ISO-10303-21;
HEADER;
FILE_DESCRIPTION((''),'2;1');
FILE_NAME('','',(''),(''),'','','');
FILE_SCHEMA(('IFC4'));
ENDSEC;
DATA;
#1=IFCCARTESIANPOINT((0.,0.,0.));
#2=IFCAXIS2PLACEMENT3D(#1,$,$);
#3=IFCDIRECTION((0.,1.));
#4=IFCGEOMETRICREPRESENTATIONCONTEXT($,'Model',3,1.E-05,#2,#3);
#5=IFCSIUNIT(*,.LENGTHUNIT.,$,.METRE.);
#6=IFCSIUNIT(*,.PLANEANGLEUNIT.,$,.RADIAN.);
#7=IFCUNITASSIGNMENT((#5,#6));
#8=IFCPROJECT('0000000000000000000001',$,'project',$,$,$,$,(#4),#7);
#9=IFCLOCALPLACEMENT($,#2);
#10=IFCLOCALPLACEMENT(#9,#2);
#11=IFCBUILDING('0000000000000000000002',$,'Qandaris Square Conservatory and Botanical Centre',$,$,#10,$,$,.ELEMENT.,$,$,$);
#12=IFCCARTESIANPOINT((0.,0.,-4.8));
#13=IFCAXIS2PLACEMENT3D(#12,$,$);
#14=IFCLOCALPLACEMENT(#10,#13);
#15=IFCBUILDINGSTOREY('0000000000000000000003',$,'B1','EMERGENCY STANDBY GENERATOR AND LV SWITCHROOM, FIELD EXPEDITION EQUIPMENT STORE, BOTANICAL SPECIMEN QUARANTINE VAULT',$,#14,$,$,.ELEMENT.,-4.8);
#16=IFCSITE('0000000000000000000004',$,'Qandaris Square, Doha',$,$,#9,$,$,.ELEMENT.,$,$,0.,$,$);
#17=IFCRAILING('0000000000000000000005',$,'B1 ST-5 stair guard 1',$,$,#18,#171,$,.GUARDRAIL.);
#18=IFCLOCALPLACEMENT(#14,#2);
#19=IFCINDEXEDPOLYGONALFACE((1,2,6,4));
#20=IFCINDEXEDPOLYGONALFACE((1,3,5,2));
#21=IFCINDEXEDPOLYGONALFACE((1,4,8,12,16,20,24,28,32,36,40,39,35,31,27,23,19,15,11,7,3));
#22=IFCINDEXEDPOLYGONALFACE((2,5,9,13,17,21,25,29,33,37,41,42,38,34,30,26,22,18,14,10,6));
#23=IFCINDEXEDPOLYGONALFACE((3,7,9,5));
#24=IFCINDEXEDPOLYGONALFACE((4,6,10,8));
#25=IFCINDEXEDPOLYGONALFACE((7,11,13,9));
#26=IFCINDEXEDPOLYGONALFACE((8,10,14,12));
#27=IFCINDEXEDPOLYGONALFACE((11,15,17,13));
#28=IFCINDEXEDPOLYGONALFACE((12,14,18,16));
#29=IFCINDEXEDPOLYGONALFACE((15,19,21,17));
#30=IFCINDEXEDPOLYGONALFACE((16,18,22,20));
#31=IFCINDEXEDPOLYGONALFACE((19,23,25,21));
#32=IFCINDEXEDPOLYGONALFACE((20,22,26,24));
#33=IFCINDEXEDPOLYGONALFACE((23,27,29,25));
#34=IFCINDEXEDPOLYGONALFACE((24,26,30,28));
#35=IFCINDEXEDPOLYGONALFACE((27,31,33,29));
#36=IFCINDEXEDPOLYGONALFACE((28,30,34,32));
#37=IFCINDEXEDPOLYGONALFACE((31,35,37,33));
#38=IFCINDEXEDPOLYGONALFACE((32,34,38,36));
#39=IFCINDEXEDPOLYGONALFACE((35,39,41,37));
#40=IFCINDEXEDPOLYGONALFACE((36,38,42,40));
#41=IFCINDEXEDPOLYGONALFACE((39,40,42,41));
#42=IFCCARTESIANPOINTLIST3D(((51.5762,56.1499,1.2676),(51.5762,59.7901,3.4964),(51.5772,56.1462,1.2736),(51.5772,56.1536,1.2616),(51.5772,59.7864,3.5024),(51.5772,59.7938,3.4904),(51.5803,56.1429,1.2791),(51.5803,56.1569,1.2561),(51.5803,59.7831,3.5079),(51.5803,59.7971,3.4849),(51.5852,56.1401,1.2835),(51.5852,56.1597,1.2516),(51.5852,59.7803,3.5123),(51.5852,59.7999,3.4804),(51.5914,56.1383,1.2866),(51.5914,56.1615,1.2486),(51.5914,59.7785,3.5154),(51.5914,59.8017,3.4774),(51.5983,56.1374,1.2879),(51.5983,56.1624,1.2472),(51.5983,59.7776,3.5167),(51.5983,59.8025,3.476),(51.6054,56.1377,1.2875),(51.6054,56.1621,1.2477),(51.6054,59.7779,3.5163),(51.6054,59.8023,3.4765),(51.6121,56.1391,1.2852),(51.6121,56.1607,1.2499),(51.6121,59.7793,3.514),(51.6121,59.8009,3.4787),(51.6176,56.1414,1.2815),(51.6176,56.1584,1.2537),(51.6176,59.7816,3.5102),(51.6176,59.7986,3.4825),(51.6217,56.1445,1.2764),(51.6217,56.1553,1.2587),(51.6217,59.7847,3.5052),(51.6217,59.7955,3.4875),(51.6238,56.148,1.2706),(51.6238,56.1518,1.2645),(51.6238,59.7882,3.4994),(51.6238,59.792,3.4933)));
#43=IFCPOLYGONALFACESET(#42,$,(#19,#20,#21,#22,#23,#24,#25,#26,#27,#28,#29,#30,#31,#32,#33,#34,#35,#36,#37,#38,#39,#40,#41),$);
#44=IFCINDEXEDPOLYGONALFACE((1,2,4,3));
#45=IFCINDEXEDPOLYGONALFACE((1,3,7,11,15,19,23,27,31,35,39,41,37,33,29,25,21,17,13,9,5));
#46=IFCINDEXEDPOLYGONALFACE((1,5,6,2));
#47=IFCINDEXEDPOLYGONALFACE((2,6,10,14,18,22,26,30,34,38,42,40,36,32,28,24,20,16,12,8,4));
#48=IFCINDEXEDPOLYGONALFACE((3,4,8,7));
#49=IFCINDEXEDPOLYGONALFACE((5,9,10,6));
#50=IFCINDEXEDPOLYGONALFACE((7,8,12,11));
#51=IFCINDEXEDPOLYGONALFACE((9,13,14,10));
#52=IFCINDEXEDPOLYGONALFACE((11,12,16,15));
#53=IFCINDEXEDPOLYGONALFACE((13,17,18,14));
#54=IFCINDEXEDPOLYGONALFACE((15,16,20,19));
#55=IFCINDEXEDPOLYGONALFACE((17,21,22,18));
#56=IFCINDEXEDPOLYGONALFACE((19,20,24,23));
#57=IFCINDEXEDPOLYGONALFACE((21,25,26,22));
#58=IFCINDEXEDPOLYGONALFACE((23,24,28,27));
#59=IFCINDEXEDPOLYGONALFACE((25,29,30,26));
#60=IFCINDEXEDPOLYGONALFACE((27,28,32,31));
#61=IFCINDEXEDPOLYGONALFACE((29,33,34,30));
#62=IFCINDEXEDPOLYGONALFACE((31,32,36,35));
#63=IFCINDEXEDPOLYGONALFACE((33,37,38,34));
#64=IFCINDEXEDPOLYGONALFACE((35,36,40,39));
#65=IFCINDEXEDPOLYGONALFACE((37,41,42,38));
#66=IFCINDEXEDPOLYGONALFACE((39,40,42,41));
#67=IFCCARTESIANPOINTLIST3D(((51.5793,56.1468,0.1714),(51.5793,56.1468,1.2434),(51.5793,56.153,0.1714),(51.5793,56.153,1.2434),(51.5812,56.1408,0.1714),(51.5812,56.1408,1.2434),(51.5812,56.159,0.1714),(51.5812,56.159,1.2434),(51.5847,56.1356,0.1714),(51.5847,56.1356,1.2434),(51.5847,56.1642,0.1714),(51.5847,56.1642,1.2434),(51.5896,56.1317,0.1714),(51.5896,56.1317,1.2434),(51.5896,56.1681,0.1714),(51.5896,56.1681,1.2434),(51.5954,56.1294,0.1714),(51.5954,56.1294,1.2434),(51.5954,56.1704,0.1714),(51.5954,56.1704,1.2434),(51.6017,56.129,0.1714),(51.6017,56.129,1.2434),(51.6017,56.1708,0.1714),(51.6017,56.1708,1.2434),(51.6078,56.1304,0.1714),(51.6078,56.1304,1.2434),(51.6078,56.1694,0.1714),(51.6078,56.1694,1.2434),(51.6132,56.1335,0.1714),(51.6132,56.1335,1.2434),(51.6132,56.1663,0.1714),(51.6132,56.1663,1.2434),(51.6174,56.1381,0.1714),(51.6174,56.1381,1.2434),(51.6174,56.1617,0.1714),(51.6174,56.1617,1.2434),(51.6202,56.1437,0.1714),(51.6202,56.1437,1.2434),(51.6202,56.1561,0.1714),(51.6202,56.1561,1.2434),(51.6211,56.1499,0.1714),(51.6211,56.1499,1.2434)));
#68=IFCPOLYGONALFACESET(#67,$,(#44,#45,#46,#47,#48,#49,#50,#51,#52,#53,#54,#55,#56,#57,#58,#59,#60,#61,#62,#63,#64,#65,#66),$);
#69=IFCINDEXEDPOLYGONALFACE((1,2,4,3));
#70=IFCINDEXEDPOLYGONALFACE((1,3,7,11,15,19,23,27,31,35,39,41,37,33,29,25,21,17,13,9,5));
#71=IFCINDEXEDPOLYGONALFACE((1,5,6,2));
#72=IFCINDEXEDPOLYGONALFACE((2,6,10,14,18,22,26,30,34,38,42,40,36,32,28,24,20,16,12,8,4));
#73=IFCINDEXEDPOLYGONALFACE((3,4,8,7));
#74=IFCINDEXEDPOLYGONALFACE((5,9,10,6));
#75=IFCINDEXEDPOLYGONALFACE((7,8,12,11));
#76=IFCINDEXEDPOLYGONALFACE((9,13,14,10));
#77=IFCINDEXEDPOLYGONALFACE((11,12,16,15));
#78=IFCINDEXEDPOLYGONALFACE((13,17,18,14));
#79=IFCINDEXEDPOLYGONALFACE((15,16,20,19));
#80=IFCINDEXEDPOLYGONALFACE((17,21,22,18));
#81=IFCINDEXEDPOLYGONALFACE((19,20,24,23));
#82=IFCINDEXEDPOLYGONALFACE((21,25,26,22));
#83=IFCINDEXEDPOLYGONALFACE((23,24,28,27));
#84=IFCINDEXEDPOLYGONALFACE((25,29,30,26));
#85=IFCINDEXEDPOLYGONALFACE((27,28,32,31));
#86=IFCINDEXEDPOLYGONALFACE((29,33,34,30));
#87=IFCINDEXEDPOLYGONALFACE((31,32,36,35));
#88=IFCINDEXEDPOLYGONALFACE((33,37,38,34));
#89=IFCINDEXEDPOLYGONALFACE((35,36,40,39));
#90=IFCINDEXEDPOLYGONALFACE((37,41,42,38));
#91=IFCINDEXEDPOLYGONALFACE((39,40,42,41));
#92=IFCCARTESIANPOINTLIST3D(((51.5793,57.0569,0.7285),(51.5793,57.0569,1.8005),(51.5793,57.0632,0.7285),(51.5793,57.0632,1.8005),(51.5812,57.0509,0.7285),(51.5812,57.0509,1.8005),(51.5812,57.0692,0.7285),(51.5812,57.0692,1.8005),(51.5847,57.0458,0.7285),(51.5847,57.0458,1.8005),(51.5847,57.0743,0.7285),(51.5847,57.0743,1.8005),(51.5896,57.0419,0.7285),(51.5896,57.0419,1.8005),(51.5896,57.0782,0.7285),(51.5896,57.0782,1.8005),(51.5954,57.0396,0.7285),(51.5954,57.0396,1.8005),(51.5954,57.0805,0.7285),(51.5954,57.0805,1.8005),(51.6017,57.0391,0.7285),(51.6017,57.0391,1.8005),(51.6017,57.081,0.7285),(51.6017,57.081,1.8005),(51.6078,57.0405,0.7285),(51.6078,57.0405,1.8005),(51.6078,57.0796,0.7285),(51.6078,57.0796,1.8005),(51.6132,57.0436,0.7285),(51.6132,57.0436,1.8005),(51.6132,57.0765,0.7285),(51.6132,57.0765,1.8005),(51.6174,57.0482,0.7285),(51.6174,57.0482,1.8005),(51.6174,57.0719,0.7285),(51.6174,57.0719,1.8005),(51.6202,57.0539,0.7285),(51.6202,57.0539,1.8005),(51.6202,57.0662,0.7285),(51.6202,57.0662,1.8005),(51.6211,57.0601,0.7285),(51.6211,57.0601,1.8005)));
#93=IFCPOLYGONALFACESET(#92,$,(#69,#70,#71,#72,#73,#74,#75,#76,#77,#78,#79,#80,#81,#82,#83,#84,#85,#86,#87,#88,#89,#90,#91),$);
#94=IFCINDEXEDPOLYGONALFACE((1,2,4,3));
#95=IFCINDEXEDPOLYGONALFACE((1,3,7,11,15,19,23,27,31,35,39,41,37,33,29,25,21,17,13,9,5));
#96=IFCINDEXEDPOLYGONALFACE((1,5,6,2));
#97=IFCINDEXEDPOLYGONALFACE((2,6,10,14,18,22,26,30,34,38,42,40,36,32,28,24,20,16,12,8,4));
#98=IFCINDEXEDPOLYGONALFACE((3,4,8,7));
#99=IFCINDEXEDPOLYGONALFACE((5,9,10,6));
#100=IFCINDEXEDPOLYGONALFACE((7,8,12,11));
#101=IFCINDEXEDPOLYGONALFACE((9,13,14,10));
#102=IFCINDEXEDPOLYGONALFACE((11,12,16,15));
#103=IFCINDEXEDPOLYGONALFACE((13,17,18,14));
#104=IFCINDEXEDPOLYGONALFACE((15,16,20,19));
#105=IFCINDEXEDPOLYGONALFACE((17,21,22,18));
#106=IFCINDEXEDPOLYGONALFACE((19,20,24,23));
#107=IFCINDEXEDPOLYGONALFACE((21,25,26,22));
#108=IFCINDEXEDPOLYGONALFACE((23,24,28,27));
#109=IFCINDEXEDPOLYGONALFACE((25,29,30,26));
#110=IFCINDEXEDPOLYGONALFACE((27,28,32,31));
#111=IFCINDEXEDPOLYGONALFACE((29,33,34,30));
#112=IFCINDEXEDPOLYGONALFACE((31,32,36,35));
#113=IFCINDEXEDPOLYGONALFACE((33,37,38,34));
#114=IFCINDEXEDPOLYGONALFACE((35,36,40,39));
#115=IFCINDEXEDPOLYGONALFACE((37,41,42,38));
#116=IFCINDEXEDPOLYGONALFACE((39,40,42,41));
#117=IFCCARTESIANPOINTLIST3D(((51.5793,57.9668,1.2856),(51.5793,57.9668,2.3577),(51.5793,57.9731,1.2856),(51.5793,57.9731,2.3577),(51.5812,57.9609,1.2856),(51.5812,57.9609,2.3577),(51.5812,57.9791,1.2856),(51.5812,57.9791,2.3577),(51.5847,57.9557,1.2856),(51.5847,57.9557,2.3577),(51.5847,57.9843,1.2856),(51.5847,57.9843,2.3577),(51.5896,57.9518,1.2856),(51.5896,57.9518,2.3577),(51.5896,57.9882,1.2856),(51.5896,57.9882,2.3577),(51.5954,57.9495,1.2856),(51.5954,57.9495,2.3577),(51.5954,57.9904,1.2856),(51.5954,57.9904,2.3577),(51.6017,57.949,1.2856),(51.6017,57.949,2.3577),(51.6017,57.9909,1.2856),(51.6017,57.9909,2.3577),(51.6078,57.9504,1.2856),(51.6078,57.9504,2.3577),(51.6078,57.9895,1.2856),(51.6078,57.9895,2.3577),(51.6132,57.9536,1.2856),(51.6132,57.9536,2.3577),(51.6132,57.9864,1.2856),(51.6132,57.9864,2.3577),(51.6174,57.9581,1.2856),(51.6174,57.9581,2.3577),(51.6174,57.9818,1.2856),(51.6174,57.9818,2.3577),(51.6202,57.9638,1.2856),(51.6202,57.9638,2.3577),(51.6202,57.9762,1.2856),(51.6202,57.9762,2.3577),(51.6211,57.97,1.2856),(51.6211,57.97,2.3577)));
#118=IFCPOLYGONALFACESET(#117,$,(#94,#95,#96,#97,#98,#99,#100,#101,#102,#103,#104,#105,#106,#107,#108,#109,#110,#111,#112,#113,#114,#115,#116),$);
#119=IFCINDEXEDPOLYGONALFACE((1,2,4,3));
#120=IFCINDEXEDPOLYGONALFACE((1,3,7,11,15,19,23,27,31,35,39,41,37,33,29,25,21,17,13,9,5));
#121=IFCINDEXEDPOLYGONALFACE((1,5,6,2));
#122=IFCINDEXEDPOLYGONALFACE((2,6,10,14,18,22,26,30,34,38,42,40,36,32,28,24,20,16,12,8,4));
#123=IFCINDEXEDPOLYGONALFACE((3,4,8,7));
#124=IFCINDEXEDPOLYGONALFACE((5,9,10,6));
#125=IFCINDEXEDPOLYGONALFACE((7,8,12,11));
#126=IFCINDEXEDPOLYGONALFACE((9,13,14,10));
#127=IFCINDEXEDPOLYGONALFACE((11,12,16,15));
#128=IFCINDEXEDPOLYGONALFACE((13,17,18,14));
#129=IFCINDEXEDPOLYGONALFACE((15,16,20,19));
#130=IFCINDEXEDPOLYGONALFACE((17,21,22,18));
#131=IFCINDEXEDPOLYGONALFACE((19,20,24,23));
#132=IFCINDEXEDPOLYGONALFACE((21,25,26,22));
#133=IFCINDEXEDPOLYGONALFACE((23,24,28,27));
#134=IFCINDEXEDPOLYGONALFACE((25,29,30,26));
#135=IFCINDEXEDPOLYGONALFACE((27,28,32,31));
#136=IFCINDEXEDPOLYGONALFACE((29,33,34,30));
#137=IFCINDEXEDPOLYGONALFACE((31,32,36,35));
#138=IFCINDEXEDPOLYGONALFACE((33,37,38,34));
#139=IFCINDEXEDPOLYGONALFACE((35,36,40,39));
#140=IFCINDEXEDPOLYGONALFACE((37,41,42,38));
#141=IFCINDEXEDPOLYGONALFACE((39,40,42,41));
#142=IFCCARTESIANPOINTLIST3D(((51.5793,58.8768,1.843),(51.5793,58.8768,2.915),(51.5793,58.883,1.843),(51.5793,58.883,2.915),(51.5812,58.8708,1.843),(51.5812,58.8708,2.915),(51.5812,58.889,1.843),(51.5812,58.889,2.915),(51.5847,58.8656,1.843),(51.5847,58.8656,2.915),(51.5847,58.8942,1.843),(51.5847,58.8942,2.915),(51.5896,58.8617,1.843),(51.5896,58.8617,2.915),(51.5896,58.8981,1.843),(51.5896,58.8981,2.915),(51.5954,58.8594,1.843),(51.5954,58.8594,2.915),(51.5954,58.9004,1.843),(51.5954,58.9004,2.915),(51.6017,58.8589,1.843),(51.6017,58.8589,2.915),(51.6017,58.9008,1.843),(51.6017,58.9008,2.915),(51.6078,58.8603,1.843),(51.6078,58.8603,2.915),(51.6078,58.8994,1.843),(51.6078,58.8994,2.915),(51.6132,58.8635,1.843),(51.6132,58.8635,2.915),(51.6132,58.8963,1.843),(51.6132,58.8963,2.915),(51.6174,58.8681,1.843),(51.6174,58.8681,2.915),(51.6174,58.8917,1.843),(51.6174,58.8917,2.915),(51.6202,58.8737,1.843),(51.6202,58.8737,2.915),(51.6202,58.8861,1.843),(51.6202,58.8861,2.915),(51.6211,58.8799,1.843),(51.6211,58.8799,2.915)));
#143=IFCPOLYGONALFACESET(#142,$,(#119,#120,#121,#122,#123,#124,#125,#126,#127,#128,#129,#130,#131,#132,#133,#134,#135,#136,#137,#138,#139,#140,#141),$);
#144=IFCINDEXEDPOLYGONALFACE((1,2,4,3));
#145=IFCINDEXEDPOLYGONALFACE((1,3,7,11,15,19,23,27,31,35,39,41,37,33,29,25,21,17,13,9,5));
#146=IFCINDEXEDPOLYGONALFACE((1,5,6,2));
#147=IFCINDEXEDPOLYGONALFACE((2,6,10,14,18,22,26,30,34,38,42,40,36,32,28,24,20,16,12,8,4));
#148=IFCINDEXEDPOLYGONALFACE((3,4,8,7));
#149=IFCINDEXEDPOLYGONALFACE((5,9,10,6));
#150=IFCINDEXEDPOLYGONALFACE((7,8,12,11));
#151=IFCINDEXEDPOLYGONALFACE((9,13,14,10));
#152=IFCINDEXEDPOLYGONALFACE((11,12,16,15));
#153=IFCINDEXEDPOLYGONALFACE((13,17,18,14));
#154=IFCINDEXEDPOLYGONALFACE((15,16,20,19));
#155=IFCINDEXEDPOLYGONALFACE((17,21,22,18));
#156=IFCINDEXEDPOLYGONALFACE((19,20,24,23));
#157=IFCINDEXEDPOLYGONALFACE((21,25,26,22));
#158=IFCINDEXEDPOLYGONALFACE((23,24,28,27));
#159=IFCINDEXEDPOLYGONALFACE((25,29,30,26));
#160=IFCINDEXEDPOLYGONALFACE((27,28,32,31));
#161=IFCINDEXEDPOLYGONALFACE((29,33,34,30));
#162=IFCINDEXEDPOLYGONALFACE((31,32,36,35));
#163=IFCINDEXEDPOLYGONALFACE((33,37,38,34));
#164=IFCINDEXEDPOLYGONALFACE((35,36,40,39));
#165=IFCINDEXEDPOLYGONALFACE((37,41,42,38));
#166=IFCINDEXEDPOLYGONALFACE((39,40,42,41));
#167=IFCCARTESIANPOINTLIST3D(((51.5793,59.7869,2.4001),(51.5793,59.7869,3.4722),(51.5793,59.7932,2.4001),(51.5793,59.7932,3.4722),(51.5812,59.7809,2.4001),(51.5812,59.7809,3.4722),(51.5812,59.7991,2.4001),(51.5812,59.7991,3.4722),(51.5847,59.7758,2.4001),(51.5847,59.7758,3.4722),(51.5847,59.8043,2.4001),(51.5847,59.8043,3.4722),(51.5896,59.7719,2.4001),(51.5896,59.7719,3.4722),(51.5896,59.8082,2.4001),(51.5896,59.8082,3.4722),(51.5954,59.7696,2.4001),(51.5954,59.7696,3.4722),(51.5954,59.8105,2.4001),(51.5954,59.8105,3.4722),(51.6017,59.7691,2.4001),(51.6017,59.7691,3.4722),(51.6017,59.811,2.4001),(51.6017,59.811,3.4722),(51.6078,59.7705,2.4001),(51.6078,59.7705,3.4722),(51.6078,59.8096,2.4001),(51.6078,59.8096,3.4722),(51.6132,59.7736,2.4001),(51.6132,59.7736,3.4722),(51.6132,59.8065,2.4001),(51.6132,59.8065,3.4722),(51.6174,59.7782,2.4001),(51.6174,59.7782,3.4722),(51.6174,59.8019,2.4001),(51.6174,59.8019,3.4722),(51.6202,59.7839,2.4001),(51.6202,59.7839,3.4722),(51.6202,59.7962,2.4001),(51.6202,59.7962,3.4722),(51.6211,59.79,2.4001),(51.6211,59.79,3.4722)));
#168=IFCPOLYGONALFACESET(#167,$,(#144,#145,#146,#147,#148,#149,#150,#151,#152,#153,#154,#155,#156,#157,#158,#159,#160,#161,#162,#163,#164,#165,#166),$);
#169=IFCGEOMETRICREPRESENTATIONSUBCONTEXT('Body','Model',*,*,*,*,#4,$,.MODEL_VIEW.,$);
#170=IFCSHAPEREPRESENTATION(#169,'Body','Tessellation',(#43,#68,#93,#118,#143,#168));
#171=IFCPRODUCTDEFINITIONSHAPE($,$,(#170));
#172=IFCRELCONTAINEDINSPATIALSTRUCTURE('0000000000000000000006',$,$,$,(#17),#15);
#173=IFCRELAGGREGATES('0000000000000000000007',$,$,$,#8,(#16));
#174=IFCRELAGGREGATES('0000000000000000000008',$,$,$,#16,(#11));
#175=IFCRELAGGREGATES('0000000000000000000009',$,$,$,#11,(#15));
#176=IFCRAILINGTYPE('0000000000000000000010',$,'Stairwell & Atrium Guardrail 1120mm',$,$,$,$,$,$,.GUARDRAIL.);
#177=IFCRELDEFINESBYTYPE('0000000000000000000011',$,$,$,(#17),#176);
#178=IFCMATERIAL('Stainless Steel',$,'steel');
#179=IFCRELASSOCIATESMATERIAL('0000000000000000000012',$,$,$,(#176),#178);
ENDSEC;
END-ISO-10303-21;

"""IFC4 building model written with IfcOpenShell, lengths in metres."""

from ifc_helpers import new_model, si_unit, direction, frame, origin, origin_2d, place, context, subcontext, project, spatial, circle, extrude, material, type_object, element, save


model = new_model("IFC4")

# Units and contexts
model_context = context("Model", 3, precision=1e-05, world=origin(), true_north=direction((0.0, 1.0)))
body_context = subcontext(model_context, "Body", "Model", "MODEL_VIEW")
ifc_project = project(units=[si_unit("LENGTHUNIT", "METRE"), si_unit("PLANEANGLEUNIT", "RADIAN")], contexts=[model_context])

# Site, building, storey
site_placement = place(None, origin())
site = spatial("IfcSite", under=ifc_project, at=site_placement, Name="Qandaris Square, Doha", CompositionType="ELEMENT", RefElevation=0.0)
building_placement = place(site_placement, origin())
building = spatial("IfcBuilding", under=site, at=building_placement, Name="Qandaris Square Conservatory and Botanical Centre", CompositionType="ELEMENT")
storey_placement = place(building_placement, frame((0.0, 0.0, -4.8)))
storey = spatial("IfcBuildingStorey", under=building, at=storey_placement, Name="B1", Description="EMERGENCY STANDBY GENERATOR AND LV SWITCHROOM, FIELD EXPEDITION EQUIPMENT STORE, BOTANICAL SPECIMEN QUARANTINE VAULT", CompositionType="ELEMENT", Elevation=-4.8)

# Railing
ifc_material_1 = material(Name="Stainless Steel", Category="steel")
railing_type_1 = type_object("IfcRailingType", Name="Stairwell & Atrium Guardrail 1120mm", PredefinedType="GUARDRAIL", material=ifc_material_1)
railing_1_placement = place(storey_placement, frame((51.6001, 56.1499, 0.1714)))
element("IfcRailing", 1, at=railing_1_placement, inside=storey, type_object=railing_type_1, Name="B1 ST-5 stair guard 1", PredefinedType="GUARDRAIL", context=body_context, shape_type="SweptSolid", body=[
    extrude(circle(Radius=0.0239, at=origin_2d()), frame((0.0, 0.0, 1.0962), z_axis=(0.0, 0.85284, 0.522172), x_axis=(-1.0, 0.0, 0.0)), (0.0, 0.0, 1.0), 4.2683),
    extrude(circle(Radius=0.021, at=origin_2d()), origin(), (0.0, 0.0, 1.0), 1.072),
    extrude(circle(Radius=0.021, at=origin_2d()), frame((0.0, 0.9102, 0.5571)), (0.0, 0.0, 1.0), 1.072),
    extrude(circle(Radius=0.021, at=origin_2d()), frame((0.0, 1.8201, 1.1143)), (0.0, 0.0, 1.0), 1.072),
    extrude(circle(Radius=0.021, at=origin_2d()), frame((0.0, 2.73, 1.6716)), (0.0, 0.0, 1.0), 1.072),
    extrude(circle(Radius=0.021, at=origin_2d()), frame((0.0, 3.6401, 2.2288)), (0.0, 0.0, 1.0), 1.072),
])

save(model, "model.ifc")
